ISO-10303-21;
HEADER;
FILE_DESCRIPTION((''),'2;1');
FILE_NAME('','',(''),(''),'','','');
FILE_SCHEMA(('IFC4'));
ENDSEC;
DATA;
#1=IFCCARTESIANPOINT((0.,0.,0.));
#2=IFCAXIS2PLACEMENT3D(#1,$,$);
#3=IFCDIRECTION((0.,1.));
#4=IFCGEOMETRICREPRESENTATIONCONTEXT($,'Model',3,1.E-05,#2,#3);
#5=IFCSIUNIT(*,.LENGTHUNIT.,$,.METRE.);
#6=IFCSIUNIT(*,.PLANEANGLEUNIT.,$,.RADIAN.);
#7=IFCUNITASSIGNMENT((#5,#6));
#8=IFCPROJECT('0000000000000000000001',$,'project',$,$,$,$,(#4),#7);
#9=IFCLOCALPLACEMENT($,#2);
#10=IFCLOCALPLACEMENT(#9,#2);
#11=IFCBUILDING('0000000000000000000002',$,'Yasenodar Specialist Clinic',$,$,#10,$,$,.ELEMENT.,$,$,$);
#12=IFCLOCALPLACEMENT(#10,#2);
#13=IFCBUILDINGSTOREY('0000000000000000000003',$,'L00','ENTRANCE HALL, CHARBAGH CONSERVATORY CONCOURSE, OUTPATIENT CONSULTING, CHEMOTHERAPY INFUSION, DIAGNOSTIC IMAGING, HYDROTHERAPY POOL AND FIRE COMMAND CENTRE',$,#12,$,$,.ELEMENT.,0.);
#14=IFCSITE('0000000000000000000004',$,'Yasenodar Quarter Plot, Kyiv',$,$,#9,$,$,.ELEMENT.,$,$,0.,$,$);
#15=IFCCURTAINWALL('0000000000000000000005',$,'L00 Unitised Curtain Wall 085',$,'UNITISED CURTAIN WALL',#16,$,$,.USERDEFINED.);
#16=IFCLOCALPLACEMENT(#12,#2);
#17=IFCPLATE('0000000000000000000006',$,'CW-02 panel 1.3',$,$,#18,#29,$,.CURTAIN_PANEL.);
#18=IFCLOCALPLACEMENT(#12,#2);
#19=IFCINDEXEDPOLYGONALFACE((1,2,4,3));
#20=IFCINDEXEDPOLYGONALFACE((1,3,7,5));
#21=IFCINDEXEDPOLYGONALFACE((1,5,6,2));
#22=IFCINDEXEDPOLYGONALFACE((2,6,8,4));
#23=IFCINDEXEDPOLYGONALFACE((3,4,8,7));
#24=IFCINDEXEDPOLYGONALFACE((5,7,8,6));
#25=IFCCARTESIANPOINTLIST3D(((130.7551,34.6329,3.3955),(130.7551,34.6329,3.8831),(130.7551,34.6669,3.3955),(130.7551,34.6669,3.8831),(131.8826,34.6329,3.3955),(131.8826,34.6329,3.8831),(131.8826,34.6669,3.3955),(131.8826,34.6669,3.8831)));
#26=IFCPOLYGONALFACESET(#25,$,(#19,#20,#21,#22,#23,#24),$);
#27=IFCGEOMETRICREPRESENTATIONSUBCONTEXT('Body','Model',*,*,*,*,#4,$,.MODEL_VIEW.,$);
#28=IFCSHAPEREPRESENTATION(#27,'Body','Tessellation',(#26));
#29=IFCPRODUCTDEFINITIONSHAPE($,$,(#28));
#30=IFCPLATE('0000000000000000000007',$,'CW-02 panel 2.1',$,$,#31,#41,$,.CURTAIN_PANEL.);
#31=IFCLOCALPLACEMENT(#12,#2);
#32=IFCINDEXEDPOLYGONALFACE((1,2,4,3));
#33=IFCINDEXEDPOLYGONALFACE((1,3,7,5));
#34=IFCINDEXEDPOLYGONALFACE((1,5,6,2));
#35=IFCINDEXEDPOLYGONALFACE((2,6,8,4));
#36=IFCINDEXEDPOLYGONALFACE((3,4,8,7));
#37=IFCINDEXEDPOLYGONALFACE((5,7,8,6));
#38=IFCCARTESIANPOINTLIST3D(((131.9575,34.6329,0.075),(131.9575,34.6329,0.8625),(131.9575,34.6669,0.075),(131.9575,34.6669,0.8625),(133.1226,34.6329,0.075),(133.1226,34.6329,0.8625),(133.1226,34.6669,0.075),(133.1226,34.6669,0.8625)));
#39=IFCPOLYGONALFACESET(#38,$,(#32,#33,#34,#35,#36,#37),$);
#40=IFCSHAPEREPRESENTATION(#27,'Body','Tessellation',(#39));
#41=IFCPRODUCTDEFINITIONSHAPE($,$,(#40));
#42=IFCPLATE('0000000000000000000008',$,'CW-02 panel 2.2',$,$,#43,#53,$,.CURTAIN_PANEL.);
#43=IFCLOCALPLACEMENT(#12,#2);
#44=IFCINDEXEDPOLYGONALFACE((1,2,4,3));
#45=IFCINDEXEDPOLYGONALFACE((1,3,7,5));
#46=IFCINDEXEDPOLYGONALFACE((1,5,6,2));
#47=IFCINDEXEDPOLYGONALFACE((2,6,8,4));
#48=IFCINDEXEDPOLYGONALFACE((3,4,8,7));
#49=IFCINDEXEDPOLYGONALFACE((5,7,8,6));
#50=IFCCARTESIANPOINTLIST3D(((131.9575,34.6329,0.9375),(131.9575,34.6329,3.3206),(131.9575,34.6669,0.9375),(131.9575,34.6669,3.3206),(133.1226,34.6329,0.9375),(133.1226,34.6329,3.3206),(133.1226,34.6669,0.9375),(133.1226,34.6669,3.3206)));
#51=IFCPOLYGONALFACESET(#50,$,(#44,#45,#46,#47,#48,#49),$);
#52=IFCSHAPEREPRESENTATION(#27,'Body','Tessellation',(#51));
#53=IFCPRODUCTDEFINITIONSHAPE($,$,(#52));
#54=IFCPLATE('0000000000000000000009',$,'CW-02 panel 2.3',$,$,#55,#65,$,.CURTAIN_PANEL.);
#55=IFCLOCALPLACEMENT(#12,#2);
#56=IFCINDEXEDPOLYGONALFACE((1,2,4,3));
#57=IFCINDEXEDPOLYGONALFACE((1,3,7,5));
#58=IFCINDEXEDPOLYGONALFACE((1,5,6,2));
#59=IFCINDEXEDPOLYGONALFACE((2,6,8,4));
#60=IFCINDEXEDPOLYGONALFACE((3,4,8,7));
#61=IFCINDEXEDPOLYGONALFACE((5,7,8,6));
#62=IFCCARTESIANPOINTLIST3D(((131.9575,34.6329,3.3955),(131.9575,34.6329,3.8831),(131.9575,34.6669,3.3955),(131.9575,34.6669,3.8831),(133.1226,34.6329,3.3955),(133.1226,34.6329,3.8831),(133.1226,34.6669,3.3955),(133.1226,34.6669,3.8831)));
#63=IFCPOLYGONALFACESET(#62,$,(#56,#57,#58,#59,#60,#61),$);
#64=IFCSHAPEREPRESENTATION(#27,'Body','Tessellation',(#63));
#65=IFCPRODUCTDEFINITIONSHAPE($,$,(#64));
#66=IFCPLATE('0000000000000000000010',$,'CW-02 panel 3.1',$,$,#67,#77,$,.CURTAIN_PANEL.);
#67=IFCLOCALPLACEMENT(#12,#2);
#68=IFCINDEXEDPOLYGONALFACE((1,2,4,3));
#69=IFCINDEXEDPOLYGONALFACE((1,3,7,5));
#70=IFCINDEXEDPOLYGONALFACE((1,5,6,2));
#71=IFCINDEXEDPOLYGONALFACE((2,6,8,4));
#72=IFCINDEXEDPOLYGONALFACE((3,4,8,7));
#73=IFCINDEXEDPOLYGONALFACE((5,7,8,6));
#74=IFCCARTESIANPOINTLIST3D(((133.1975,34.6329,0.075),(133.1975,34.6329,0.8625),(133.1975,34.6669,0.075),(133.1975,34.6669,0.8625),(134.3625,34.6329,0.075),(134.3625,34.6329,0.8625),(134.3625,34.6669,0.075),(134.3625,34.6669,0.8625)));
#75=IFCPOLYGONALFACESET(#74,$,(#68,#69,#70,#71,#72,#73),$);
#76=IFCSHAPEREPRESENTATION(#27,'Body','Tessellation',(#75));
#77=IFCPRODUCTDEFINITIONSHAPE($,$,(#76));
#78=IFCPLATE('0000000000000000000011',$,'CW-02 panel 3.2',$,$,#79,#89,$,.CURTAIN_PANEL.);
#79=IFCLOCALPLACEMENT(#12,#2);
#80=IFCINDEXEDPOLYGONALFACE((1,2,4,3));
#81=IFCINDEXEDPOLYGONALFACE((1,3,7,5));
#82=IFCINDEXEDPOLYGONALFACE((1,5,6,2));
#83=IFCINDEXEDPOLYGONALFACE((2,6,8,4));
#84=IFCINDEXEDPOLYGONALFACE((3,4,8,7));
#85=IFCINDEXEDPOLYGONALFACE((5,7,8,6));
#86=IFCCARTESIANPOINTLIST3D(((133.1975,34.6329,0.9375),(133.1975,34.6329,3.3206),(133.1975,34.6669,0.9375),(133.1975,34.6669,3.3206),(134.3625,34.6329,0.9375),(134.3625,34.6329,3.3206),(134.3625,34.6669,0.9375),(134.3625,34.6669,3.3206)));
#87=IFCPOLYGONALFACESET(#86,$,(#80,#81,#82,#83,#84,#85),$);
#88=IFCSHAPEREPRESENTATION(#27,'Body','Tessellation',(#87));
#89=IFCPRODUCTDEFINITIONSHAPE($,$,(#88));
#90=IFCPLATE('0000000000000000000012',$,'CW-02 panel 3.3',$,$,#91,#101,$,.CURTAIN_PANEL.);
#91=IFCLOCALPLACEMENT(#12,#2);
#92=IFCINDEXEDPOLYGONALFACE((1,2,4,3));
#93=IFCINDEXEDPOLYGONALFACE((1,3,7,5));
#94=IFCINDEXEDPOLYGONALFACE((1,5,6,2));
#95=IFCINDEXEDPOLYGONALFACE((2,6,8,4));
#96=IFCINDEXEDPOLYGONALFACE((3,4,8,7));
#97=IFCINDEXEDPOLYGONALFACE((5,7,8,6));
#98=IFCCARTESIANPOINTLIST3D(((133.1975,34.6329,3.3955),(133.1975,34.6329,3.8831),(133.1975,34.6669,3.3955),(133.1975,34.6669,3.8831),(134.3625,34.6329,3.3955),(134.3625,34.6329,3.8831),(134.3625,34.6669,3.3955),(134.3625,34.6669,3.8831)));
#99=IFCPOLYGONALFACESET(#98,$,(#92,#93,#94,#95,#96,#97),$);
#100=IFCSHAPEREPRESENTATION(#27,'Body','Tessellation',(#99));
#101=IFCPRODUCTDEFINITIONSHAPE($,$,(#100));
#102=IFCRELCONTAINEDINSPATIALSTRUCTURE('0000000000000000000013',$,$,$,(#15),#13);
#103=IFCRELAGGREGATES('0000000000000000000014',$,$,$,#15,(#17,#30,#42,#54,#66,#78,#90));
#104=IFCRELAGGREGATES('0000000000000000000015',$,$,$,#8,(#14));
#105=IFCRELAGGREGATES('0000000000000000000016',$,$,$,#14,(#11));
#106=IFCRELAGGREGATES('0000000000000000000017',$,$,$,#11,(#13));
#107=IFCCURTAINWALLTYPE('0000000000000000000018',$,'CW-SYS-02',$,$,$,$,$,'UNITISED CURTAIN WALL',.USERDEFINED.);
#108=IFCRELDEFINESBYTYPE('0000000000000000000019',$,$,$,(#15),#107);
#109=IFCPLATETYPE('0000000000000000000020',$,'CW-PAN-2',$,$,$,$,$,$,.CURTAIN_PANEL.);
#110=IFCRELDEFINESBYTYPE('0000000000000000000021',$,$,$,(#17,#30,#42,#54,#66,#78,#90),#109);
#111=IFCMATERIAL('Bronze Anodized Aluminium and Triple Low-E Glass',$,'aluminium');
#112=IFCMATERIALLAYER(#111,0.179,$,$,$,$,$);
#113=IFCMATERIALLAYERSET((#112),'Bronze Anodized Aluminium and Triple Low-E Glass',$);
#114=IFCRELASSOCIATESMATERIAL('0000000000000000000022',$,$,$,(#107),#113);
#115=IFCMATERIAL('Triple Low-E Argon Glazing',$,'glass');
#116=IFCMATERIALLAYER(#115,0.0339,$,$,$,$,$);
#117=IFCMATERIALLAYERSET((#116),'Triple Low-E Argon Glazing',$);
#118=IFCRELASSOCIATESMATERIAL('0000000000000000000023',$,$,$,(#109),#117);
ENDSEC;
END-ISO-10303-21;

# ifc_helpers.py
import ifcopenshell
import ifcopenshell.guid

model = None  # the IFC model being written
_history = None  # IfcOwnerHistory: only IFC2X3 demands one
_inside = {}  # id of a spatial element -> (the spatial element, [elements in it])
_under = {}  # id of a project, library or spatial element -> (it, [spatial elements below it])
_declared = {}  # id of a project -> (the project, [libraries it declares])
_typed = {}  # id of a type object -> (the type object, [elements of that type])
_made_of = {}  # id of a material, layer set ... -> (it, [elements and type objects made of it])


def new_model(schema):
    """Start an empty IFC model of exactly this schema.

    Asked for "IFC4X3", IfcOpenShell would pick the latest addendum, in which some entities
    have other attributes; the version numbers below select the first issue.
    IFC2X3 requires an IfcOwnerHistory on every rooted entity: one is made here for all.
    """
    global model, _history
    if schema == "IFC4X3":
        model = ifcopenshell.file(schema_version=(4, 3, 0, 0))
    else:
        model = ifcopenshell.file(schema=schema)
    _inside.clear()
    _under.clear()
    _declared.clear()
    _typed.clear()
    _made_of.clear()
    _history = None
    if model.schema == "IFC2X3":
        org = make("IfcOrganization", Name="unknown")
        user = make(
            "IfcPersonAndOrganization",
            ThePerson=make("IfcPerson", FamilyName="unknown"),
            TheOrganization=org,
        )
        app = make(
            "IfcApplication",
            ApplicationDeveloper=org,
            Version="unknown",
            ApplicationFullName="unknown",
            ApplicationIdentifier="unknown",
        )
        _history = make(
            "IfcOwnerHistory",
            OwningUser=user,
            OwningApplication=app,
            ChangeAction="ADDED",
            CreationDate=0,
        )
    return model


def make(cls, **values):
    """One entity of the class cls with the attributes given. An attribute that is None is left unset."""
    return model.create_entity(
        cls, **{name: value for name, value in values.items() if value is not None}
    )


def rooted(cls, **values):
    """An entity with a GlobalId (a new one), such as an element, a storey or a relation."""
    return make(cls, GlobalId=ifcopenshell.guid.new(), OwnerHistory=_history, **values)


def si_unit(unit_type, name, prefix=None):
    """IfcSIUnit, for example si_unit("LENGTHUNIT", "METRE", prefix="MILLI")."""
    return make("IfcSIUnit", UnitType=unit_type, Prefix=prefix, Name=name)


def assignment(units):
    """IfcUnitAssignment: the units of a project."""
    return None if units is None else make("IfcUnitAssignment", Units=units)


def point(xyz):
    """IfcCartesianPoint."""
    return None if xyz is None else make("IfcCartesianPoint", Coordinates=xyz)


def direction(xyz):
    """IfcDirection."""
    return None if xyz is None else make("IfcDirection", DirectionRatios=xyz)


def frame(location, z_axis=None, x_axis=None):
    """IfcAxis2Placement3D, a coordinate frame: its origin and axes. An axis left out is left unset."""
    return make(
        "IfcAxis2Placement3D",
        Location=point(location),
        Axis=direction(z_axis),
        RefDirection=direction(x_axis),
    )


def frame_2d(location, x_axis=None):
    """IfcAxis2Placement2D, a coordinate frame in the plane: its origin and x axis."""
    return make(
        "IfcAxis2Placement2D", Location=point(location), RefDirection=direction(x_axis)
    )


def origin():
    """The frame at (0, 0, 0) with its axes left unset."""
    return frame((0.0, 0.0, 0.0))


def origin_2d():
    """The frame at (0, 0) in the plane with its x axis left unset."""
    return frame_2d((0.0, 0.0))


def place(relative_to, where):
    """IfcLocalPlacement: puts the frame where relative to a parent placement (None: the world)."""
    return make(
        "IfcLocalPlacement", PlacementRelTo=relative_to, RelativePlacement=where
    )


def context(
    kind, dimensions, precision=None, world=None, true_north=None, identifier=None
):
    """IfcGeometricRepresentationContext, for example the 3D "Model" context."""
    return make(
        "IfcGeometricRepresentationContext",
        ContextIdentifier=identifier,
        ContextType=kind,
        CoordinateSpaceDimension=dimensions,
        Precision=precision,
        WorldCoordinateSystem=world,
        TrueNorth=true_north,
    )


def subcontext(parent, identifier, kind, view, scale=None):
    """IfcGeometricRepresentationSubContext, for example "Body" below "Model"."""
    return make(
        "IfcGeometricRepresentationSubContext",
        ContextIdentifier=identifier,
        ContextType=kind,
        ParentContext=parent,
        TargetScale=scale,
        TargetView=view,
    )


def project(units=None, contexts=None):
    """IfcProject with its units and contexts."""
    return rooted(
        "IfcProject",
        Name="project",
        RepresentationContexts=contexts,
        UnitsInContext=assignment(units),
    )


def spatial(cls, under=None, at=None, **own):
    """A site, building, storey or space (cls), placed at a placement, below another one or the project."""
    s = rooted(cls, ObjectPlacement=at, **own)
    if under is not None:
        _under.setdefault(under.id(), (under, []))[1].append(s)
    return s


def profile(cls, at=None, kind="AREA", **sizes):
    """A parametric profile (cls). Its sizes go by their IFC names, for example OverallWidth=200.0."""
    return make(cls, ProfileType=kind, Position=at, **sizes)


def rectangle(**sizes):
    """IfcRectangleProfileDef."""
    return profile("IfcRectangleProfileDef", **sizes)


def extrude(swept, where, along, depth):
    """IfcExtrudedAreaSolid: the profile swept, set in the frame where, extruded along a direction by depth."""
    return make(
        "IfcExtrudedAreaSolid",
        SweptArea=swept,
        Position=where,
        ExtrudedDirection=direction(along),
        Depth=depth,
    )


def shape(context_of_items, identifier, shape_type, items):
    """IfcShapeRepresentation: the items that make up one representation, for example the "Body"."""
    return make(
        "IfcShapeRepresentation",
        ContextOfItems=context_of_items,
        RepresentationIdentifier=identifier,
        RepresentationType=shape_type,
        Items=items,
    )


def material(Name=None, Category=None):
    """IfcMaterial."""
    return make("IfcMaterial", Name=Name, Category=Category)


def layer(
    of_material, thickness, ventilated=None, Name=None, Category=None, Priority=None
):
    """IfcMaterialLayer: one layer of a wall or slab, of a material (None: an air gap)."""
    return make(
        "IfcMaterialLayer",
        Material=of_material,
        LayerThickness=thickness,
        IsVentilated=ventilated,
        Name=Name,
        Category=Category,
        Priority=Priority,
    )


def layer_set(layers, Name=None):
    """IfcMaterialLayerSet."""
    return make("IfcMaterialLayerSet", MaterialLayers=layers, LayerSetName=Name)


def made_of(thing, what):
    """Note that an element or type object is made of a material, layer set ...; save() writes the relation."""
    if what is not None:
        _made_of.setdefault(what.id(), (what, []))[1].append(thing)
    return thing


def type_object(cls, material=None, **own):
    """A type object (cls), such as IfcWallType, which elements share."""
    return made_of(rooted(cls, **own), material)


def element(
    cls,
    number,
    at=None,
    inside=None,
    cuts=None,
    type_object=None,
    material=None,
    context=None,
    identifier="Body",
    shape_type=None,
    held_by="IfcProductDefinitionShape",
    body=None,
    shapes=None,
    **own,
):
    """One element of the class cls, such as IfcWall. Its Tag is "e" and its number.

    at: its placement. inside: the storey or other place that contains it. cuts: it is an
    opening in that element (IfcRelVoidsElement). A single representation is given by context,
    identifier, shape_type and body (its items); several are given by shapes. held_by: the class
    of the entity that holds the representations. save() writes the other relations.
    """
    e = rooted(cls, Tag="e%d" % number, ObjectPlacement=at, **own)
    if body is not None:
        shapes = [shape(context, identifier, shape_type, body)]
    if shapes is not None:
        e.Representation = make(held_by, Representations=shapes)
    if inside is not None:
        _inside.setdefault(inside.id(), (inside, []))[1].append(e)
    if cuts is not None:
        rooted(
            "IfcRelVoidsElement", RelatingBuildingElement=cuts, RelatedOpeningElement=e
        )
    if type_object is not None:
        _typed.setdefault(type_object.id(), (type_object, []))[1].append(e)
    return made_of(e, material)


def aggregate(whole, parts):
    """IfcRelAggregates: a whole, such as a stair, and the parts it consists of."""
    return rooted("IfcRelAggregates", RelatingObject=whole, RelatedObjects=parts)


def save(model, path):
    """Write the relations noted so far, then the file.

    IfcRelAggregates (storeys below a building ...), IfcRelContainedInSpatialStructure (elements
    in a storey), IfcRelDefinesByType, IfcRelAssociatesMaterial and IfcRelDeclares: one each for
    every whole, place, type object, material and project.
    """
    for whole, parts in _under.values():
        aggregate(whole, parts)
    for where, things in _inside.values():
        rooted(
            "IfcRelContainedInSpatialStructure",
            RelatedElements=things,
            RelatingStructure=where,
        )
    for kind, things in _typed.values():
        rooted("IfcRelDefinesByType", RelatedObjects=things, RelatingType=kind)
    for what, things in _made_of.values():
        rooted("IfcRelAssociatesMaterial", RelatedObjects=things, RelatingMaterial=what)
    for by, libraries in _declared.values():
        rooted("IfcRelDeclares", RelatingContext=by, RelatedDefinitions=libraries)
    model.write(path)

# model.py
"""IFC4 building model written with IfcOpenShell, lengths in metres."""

from ifc_helpers import new_model, si_unit, direction, frame, origin, origin_2d, place, context, subcontext, project, spatial, rectangle, extrude, material, layer, layer_set, type_object, element, aggregate, save


model = new_model("IFC4")

# Units and contexts
model_context = context("Model", 3, precision=1e-05, world=origin(), true_north=direction((0.0, 1.0)))
body_context = subcontext(model_context, "Body", "Model", "MODEL_VIEW")
ifc_project = project(units=[si_unit("LENGTHUNIT", "METRE"), si_unit("PLANEANGLEUNIT", "RADIAN")], contexts=[model_context])

# Site, building, storey
site_placement = place(None, origin())
site = spatial("IfcSite", under=ifc_project, at=site_placement, Name="Yasenodar Quarter Plot, Kyiv", CompositionType="ELEMENT", RefElevation=0.0)
building_placement = place(site_placement, origin())
building = spatial("IfcBuilding", under=site, at=building_placement, Name="Yasenodar Specialist Clinic", CompositionType="ELEMENT")
storey_placement = place(building_placement, origin())
storey = spatial("IfcBuildingStorey", under=building, at=storey_placement, Name="L00", Description="ENTRANCE HALL, CHARBAGH CONSERVATORY CONCOURSE, OUTPATIENT CONSULTING, CHEMOTHERAPY INFUSION, DIAGNOSTIC IMAGING, HYDROTHERAPY POOL AND FIRE COMMAND CENTRE", CompositionType="ELEMENT", Elevation=0.0)

# Curtain wall, plates
ifc_material_1 = material(Name="Bronze Anodized Aluminium and Triple Low-E Glass", Category="aluminium")
ifc_layer_1 = layer(ifc_material_1, 0.179)
ifc_layer_set_1 = layer_set([ifc_layer_1], Name="Bronze Anodized Aluminium and Triple Low-E Glass")
curtain_wall_type = type_object("IfcCurtainWallType", Name="CW-SYS-02", ElementType="UNITISED CURTAIN WALL", PredefinedType="USERDEFINED", material=ifc_layer_set_1)
curtain_wall_placement = place(storey_placement, origin())
curtain_wall = element("IfcCurtainWall", 1, at=curtain_wall_placement, inside=storey, type_object=curtain_wall_type, Name="L00 Unitised Curtain Wall 085", ObjectType="UNITISED CURTAIN WALL", PredefinedType="USERDEFINED")
ifc_material_2 = material(Name="Triple Low-E Argon Glazing", Category="glass")
ifc_layer_2 = layer(ifc_material_2, 0.0339)
ifc_layer_set_2 = layer_set([ifc_layer_2], Name="Triple Low-E Argon Glazing")
plate_type = type_object("IfcPlateType", Name="CW-PAN-2", PredefinedType="CURTAIN_PANEL", material=ifc_layer_set_2)
plate_1_placement = place(storey_placement, frame((131.3188, 34.6499, 3.3955), z_axis=(0.0, 0.0, 1.0), x_axis=(1.0, 0.0, 0.0)))
plate_1 = element("IfcPlate", 2, at=plate_1_placement, type_object=plate_type, Name="CW-02 panel 1.3", PredefinedType="CURTAIN_PANEL", context=body_context, shape_type="SweptSolid", body=[
    extrude(rectangle(XDim=1.1274, YDim=0.0339, at=origin_2d()), origin(), (0.0, 0.0, 1.0), 0.4875),
])
plate_2_placement = place(storey_placement, frame((132.54, 34.6499, 0.075), z_axis=(0.0, 0.0, 1.0), x_axis=(1.0, 0.0, 0.0)))
plate_2 = element("IfcPlate", 3, at=plate_2_placement, type_object=plate_type, Name="CW-02 panel 2.1", PredefinedType="CURTAIN_PANEL", context=body_context, shape_type="SweptSolid", body=[
    extrude(rectangle(XDim=1.165, YDim=0.0339, at=origin_2d()), origin(), (0.0, 0.0, 1.0), 0.7876),
])
plate_3_placement = place(storey_placement, frame((132.54, 34.6499, 0.9375), z_axis=(0.0, 0.0, 1.0), x_axis=(1.0, 0.0, 0.0)))
plate_3 = element("IfcPlate", 4, at=plate_3_placement, type_object=plate_type, Name="CW-02 panel 2.2", PredefinedType="CURTAIN_PANEL", context=body_context, shape_type="SweptSolid", body=[
    extrude(rectangle(XDim=1.165, YDim=0.0339, at=origin_2d()), origin(), (0.0, 0.0, 1.0), 2.3831),
])
plate_4_placement = place(storey_placement, frame((132.54, 34.6499, 3.3955), z_axis=(0.0, 0.0, 1.0), x_axis=(1.0, 0.0, 0.0)))
plate_4 = element("IfcPlate", 5, at=plate_4_placement, type_object=plate_type, Name="CW-02 panel 2.3", PredefinedType="CURTAIN_PANEL", context=body_context, shape_type="SweptSolid", body=[
    extrude(rectangle(XDim=1.165, YDim=0.0339, at=origin_2d()), origin(), (0.0, 0.0, 1.0), 0.4875),
])
plate_5_placement = place(storey_placement, frame((133.78, 34.6499, 0.075), z_axis=(0.0, 0.0, 1.0), x_axis=(1.0, 0.0, 0.0)))
plate_5 = element("IfcPlate", 6, at=plate_5_placement, type_object=plate_type, Name="CW-02 panel 3.1", PredefinedType="CURTAIN_PANEL", context=body_context, shape_type="SweptSolid", body=[
    extrude(rectangle(XDim=1.165, YDim=0.0339, at=origin_2d()), origin(), (0.0, 0.0, 1.0), 0.7876),
])
plate_6_placement = place(storey_placement, frame((133.78, 34.6499, 0.9375), z_axis=(0.0, 0.0, 1.0), x_axis=(1.0, 0.0, 0.0)))
plate_6 = element("IfcPlate", 7, at=plate_6_placement, type_object=plate_type, Name="CW-02 panel 3.2", PredefinedType="CURTAIN_PANEL", context=body_context, shape_type="SweptSolid", body=[
    extrude(rectangle(XDim=1.165, YDim=0.0339, at=origin_2d()), origin(), (0.0, 0.0, 1.0), 2.3831),
])
plate_7_placement = place(storey_placement, frame((133.78, 34.6499, 3.3955), z_axis=(0.0, 0.0, 1.0), x_axis=(1.0, 0.0, 0.0)))
plate_7 = element("IfcPlate", 8, at=plate_7_placement, type_object=plate_type, Name="CW-02 panel 3.3", PredefinedType="CURTAIN_PANEL", context=body_context, shape_type="SweptSolid", body=[
    extrude(rectangle(XDim=1.165, YDim=0.0339, at=origin_2d()), origin(), (0.0, 0.0, 1.0), 0.4875),
])
aggregate(curtain_wall, [plate_1, plate_2, plate_3, plate_4, plate_5, plate_6, plate_7])

save(model, "model.ifc")
